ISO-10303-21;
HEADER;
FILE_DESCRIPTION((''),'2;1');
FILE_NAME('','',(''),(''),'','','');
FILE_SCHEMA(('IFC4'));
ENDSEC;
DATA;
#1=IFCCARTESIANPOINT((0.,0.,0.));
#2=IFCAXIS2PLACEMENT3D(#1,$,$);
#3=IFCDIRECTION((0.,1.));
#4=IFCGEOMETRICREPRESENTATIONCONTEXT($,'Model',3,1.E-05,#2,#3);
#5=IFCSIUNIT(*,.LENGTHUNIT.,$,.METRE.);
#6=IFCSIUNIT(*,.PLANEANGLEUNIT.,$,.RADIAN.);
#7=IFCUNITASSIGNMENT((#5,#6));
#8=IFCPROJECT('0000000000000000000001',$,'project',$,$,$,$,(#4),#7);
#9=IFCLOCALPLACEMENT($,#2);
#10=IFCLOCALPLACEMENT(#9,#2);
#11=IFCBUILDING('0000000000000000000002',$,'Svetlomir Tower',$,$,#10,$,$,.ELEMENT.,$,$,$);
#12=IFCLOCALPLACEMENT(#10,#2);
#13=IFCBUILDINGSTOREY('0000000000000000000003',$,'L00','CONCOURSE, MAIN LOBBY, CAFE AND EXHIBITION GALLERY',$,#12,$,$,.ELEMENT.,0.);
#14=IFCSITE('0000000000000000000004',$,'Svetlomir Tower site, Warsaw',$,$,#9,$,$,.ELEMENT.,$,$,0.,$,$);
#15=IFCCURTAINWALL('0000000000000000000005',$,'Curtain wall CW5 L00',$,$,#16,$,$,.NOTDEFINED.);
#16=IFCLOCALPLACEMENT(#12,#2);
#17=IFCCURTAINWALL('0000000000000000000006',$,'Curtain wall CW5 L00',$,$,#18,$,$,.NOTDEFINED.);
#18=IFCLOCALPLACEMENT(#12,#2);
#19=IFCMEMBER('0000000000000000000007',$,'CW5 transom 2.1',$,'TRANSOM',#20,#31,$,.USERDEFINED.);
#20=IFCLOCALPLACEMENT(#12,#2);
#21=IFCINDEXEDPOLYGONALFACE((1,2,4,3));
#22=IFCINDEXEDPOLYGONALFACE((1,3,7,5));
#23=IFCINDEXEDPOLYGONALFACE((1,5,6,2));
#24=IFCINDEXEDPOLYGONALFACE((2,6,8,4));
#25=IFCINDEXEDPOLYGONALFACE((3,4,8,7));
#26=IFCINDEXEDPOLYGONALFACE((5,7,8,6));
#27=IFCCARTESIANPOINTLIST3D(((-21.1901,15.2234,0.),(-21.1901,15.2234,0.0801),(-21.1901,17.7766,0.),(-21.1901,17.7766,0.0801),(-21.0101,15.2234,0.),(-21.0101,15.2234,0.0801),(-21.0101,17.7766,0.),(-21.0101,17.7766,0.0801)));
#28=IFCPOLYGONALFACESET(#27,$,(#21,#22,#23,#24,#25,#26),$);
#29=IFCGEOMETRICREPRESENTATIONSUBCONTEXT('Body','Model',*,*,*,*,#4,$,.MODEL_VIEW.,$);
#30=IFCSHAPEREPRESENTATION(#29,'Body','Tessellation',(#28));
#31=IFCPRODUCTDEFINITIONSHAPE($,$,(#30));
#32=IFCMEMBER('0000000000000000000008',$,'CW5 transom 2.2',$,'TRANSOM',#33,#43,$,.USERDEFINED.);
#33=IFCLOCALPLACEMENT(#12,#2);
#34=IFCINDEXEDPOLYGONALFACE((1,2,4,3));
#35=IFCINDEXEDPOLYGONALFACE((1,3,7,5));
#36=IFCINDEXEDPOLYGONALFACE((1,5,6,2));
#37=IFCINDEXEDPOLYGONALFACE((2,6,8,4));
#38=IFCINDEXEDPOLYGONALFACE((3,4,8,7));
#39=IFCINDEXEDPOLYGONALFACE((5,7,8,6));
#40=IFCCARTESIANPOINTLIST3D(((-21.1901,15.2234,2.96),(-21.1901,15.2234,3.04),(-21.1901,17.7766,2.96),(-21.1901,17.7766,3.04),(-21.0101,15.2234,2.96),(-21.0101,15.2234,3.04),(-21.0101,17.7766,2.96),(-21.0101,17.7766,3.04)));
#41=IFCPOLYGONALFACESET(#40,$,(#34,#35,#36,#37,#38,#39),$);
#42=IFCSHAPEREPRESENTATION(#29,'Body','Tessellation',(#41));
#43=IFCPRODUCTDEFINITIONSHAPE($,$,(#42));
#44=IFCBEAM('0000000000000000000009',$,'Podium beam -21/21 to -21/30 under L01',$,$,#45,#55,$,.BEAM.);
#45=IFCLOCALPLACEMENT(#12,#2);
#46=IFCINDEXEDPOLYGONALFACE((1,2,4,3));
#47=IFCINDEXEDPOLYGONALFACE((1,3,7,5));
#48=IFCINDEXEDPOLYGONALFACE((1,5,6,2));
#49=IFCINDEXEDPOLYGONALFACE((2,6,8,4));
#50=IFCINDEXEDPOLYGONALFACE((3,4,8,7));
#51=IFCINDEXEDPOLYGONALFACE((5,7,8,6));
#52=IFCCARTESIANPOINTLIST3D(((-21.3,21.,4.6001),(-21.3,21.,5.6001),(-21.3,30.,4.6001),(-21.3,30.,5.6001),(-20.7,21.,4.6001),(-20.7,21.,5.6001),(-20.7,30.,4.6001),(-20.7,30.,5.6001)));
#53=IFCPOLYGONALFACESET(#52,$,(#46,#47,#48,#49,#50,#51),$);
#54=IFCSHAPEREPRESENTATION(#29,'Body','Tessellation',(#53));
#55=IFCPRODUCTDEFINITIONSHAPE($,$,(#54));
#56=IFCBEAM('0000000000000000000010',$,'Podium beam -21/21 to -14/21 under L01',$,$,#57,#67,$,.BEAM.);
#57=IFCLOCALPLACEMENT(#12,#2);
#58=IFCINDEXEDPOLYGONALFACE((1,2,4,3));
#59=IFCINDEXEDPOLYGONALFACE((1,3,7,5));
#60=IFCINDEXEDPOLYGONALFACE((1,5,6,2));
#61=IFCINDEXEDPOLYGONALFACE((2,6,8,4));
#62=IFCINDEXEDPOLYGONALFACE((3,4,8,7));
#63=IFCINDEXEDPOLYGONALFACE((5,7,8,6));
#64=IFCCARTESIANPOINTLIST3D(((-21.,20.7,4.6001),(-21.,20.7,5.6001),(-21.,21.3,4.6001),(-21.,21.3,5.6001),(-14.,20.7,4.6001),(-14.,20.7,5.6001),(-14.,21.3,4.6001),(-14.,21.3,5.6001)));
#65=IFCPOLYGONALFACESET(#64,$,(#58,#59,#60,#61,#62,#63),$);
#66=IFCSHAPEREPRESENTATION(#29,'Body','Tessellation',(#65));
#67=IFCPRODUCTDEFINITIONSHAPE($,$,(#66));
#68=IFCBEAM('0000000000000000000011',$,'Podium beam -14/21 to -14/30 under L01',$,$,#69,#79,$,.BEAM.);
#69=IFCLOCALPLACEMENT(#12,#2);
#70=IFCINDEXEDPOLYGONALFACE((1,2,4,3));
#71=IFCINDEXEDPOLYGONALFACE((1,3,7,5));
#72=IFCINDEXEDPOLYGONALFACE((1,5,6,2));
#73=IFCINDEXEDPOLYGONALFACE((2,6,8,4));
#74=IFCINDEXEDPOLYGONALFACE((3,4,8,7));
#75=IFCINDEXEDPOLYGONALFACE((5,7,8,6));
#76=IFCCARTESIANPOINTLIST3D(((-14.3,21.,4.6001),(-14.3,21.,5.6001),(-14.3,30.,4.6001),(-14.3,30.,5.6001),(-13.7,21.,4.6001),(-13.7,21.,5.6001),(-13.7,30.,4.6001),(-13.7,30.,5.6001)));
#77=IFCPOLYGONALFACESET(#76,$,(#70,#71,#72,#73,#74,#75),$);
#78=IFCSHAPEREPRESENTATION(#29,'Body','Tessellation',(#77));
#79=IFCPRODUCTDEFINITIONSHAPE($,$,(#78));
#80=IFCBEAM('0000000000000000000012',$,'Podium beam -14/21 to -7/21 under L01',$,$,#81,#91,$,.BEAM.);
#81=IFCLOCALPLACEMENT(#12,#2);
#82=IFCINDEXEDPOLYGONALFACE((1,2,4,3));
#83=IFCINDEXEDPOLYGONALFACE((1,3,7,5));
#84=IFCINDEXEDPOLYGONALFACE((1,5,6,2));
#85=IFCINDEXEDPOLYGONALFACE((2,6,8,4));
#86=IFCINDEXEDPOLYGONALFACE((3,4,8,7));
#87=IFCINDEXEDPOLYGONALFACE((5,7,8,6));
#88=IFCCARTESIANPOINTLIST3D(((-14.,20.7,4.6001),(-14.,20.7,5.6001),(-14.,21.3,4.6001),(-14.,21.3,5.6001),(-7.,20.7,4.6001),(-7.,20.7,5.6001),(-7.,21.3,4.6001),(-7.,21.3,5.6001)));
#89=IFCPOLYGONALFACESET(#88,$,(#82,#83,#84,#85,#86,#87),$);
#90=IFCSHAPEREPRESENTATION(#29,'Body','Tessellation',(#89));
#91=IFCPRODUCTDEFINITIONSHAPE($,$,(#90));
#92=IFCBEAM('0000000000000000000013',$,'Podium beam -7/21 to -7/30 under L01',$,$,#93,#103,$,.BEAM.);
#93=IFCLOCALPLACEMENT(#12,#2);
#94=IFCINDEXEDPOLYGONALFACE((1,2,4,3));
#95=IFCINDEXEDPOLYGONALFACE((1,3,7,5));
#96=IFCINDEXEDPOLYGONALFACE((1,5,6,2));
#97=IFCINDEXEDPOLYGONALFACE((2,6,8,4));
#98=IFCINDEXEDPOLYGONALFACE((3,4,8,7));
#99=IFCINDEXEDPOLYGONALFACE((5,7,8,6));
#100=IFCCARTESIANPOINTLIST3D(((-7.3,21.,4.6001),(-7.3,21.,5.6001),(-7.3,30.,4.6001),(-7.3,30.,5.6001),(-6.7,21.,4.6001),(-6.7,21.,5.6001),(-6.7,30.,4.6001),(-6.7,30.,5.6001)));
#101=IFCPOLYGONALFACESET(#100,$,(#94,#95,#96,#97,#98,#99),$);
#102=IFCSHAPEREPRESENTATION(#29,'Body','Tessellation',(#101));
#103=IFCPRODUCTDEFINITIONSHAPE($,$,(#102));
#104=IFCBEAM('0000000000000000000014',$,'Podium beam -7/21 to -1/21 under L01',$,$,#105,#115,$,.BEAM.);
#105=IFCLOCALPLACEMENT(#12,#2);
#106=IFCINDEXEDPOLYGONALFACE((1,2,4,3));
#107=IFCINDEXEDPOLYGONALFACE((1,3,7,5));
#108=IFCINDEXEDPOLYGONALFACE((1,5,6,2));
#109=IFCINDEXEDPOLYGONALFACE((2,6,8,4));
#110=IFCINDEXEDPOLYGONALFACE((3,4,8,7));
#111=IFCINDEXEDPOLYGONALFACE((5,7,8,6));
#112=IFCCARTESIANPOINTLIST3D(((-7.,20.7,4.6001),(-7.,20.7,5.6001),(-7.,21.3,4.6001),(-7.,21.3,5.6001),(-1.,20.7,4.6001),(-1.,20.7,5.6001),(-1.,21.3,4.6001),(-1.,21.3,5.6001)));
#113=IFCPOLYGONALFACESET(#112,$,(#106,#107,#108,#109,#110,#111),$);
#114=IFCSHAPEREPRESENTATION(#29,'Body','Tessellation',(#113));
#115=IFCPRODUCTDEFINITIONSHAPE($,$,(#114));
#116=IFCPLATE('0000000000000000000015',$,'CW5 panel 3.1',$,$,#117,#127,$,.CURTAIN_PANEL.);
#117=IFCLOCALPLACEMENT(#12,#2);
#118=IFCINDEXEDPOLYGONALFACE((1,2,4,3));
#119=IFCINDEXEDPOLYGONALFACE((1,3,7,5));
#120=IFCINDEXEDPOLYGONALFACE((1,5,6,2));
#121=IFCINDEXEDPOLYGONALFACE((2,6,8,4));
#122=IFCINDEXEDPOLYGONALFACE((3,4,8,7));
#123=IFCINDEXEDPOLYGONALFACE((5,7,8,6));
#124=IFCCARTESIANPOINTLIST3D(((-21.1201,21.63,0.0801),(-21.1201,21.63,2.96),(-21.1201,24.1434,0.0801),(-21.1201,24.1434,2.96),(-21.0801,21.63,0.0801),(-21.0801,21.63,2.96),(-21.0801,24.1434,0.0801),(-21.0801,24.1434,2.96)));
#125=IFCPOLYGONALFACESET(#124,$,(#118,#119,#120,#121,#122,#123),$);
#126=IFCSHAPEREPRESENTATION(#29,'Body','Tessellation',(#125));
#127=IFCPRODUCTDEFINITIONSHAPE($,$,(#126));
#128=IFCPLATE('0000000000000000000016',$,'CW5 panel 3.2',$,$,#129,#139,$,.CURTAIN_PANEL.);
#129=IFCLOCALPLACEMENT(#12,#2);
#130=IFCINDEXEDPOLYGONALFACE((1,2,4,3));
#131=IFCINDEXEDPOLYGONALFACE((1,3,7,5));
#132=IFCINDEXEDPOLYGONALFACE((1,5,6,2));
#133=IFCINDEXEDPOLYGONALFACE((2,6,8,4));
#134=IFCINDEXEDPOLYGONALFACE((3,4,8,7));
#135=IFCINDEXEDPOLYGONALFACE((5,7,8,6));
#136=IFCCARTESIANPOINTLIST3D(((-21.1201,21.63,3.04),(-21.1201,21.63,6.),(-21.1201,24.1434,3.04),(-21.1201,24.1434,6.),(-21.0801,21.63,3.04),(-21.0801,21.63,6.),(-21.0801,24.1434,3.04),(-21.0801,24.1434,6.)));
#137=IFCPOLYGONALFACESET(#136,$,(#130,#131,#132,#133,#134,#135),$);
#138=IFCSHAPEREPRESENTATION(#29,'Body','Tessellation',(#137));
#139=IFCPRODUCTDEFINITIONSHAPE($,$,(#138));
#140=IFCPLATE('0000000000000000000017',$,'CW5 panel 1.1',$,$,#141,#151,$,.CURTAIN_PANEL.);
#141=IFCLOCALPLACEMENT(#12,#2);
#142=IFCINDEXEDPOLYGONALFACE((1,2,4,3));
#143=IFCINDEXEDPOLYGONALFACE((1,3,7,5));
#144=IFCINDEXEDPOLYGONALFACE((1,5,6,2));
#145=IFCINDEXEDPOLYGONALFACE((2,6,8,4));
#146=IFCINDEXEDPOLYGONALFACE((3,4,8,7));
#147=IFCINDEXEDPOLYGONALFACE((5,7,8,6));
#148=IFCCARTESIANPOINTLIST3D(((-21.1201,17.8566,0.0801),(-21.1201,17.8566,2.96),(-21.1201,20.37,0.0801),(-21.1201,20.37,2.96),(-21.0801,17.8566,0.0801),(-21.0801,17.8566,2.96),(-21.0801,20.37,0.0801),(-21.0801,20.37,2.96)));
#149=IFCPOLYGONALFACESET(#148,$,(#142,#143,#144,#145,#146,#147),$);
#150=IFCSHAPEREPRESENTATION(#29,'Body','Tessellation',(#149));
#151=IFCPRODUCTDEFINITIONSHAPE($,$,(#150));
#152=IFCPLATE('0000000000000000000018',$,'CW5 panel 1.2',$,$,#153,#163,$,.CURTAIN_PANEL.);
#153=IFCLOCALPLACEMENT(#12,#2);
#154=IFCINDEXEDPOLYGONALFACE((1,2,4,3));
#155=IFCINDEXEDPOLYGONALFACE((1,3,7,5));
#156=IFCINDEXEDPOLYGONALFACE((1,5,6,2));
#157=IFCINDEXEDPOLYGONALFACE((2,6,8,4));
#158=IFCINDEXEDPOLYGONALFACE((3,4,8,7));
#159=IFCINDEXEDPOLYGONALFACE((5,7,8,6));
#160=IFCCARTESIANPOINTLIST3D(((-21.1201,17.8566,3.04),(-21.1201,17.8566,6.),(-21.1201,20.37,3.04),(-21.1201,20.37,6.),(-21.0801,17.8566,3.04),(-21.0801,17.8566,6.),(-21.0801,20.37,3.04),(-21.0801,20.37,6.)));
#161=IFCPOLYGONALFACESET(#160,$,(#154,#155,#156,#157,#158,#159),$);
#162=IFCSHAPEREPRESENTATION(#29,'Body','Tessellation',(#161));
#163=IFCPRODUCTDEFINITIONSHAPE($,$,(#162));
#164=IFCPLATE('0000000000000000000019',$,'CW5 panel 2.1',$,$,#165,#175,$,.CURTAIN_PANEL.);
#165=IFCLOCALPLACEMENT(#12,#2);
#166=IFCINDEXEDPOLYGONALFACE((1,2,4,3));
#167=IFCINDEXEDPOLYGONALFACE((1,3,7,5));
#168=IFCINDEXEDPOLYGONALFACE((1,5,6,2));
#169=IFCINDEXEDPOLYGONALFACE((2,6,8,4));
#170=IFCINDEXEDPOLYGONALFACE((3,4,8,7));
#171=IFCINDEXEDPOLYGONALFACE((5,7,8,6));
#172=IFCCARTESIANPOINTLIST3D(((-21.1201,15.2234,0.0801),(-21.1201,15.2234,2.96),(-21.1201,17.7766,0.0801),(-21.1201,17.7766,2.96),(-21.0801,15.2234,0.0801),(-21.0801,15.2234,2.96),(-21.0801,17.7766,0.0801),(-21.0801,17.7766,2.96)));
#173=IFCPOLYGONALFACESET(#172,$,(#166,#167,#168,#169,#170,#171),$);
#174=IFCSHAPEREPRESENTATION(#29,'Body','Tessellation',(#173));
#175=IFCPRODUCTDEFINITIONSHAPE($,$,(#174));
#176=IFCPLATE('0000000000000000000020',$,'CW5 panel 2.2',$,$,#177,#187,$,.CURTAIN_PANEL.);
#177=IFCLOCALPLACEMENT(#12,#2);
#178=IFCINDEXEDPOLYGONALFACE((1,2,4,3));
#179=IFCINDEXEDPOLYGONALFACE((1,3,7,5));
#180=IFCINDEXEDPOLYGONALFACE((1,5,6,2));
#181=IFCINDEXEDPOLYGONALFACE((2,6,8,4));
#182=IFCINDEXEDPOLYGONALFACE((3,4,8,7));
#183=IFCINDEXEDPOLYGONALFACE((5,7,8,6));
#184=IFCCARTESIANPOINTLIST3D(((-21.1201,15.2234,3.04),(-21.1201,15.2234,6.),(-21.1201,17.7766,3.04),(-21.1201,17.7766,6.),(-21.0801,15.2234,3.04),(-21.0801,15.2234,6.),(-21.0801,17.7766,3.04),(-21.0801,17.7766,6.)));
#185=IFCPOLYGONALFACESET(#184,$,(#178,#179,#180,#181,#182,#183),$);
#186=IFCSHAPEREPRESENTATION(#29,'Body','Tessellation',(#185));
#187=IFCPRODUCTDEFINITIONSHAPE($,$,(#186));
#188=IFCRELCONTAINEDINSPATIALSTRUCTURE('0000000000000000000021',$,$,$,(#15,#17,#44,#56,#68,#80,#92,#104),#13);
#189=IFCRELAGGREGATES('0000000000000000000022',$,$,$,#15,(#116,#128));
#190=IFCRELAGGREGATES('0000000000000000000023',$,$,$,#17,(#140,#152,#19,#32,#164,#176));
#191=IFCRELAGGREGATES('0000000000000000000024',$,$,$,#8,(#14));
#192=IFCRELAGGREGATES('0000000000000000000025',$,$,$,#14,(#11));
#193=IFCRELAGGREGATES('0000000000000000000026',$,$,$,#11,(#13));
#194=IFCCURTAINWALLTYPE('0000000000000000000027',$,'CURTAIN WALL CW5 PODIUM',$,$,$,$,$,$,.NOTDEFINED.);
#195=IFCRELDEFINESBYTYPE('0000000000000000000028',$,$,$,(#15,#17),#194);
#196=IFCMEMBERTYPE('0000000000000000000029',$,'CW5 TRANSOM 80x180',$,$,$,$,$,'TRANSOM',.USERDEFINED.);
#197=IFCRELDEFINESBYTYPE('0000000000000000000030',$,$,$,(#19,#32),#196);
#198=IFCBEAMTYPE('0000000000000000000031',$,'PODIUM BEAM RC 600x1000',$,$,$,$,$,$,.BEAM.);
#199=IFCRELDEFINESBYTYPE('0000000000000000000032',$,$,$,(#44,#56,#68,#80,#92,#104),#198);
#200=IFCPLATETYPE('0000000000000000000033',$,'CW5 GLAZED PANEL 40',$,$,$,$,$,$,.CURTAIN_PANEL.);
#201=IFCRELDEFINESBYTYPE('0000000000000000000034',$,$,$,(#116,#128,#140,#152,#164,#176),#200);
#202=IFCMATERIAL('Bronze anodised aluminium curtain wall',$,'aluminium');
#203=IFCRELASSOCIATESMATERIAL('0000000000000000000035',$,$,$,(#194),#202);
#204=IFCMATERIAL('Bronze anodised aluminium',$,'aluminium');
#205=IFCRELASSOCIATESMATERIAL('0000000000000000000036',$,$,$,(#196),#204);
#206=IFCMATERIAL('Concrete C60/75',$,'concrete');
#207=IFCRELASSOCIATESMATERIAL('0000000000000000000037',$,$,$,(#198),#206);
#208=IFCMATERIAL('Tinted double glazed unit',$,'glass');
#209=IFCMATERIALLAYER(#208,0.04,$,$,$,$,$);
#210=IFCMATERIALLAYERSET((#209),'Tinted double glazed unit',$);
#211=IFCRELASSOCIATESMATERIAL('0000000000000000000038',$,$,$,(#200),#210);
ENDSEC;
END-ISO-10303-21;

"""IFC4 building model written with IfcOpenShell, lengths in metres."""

from ifc_helpers import new_model, si_unit, direction, frame, origin, origin_2d, place, context, subcontext, project, spatial, rectangle, extrude, material, layer, layer_set, material_profile, profile_set, type_object, element, aggregate, save


model = new_model("IFC4")

# Units and contexts
model_context = context("Model", 3, precision=1e-05, world=origin(), true_north=direction((0.0, 1.0)))
body_context = subcontext(model_context, "Body", "Model", "MODEL_VIEW")
ifc_project = project(units=[si_unit("LENGTHUNIT", "METRE"), si_unit("PLANEANGLEUNIT", "RADIAN")], contexts=[model_context])

# Site, building, storey
site_placement = place(None, origin())
site = spatial("IfcSite", under=ifc_project, at=site_placement, Name="Svetlomir Tower site, Warsaw", CompositionType="ELEMENT", RefElevation=0.0)
building_placement = place(site_placement, origin())
building = spatial("IfcBuilding", under=site, at=building_placement, Name="Svetlomir Tower", CompositionType="ELEMENT")
storey_placement = place(building_placement, origin())
storey = spatial("IfcBuildingStorey", under=building, at=storey_placement, Name="L00", Description="CONCOURSE, MAIN LOBBY, CAFE AND EXHIBITION GALLERY", CompositionType="ELEMENT", Elevation=0.0)

# Curtain walls
ifc_material_1 = material(Name="Bronze anodised aluminium curtain wall", Category="aluminium")
curtain_wall_type = type_object("IfcCurtainWallType", Name="CURTAIN WALL CW5 PODIUM", PredefinedType="NOTDEFINED", material=ifc_material_1)
curtain_wall_1_placement = place(storey_placement, origin())
curtain_wall_1 = element("IfcCurtainWall", 1, at=curtain_wall_1_placement, inside=storey, type_object=curtain_wall_type, Name="Curtain wall CW5 L00", PredefinedType="NOTDEFINED")
curtain_wall_2_placement = place(storey_placement, origin())
curtain_wall_2 = element("IfcCurtainWall", 2, at=curtain_wall_2_placement, inside=storey, type_object=curtain_wall_type, Name="Curtain wall CW5 L00", PredefinedType="NOTDEFINED")

# Members
ifc_material_2 = material(Name="Bronze anodised aluminium", Category="aluminium")
ifc_material_profile_1 = material_profile(ifc_material_2, rectangle(XDim=0.1799, YDim=0.0801, at=origin_2d()), Name="AL 180x80")
ifc_profile_set_1 = profile_set([ifc_material_profile_1], Name="Bronze anodised aluminium 6063-T6")
member_type_1 = type_object("IfcMemberType", Name="CW5 TRANSOM 80x180", ElementType="TRANSOM", PredefinedType="USERDEFINED", material=ifc_profile_set_1)
member_1_placement = place(storey_placement, frame((-21.1001, 17.7766, 0.04), z_axis=(0.0, -1.0, 0.0), x_axis=(1.0, 0.0, 0.0)))
member_1 = element("IfcMember", 3, at=member_1_placement, type_object=member_type_1, Name="CW5 transom 2.1", ObjectType="TRANSOM", PredefinedType="USERDEFINED", context=body_context, shape_type="SweptSolid", body=[
    extrude(rectangle(XDim=0.1799, YDim=0.0801, at=origin_2d()), origin(), (0.0, 0.0, 1.0), 2.5532),
])
member_2_placement = place(storey_placement, frame((-21.1001, 17.7766, 3.0), z_axis=(0.0, -1.0, 0.0), x_axis=(1.0, 0.0, 0.0)))
member_2 = element("IfcMember", 4, at=member_2_placement, type_object=member_type_1, Name="CW5 transom 2.2", ObjectType="TRANSOM", PredefinedType="USERDEFINED", context=body_context, shape_type="SweptSolid", body=[
    extrude(rectangle(XDim=0.1799, YDim=0.0801, at=origin_2d()), origin(), (0.0, 0.0, 1.0), 2.5532),
])

# Beams
ifc_material_3 = material(Name="Concrete C60/75", Category="concrete")
ifc_material_profile_2 = material_profile(ifc_material_3, rectangle(XDim=0.6001, YDim=1.0, at=origin_2d()), Name="RC 600x1000")
ifc_profile_set_2 = profile_set([ifc_material_profile_2], Name="Concrete C60/75")
beam_type = type_object("IfcBeamType", Name="PODIUM BEAM RC 600x1000", PredefinedType="BEAM", material=ifc_profile_set_2)
beam_1_placement = place(storey_placement, frame((-21.0, 21.0, 5.1001), z_axis=(0.0, 1.0, 0.0), x_axis=(-1.0, 0.0, 0.0)))
element("IfcBeam", 5, at=beam_1_placement, inside=storey, type_object=beam_type, Name="Podium beam -21/21 to -21/30 under L01", PredefinedType="BEAM", context=body_context, shape_type="SweptSolid", body=[
    extrude(rectangle(XDim=0.6001, YDim=1.0, at=origin_2d()), origin(), (0.0, 0.0, 1.0), 9.0),
])
beam_2_placement = place(storey_placement, frame((-21.0, 21.0, 5.1001), z_axis=(1.0, 0.0, 0.0), x_axis=(0.0, 1.0, 0.0)))
element("IfcBeam", 6, at=beam_2_placement, inside=storey, type_object=beam_type, Name="Podium beam -21/21 to -14/21 under L01", PredefinedType="BEAM", context=body_context, shape_type="SweptSolid", body=[
    extrude(rectangle(XDim=0.6001, YDim=1.0, at=origin_2d()), origin(), (0.0, 0.0, 1.0), 7.0),
])
beam_3_placement = place(storey_placement, frame((-14.0, 21.0, 5.1001), z_axis=(0.0, 1.0, 0.0), x_axis=(-1.0, 0.0, 0.0)))
element("IfcBeam", 7, at=beam_3_placement, inside=storey, type_object=beam_type, Name="Podium beam -14/21 to -14/30 under L01", PredefinedType="BEAM", context=body_context, shape_type="SweptSolid", body=[
    extrude(rectangle(XDim=0.6001, YDim=1.0, at=origin_2d()), origin(), (0.0, 0.0, 1.0), 9.0),
])
beam_4_placement = place(storey_placement, frame((-14.0, 21.0, 5.1001), z_axis=(1.0, 0.0, 0.0), x_axis=(0.0, 1.0, 0.0)))
element("IfcBeam", 8, at=beam_4_placement, inside=storey, type_object=beam_type, Name="Podium beam -14/21 to -7/21 under L01", PredefinedType="BEAM", context=body_context, shape_type="SweptSolid", body=[
    extrude(rectangle(XDim=0.6001, YDim=1.0, at=origin_2d()), origin(), (0.0, 0.0, 1.0), 7.0),
])
beam_5_placement = place(storey_placement, frame((-7.0, 21.0, 5.1001), z_axis=(0.0, 1.0, 0.0), x_axis=(-1.0, 0.0, 0.0)))
element("IfcBeam", 9, at=beam_5_placement, inside=storey, type_object=beam_type, Name="Podium beam -7/21 to -7/30 under L01", PredefinedType="BEAM", context=body_context, shape_type="SweptSolid", body=[
    extrude(rectangle(XDim=0.6001, YDim=1.0, at=origin_2d()), origin(), (0.0, 0.0, 1.0), 9.0),
])
beam_6_placement = place(storey_placement, frame((-7.0, 21.0, 5.1001), z_axis=(1.0, 0.0, 0.0), x_axis=(0.0, 1.0, 0.0)))
element("IfcBeam", 10, at=beam_6_placement, inside=storey, type_object=beam_type, Name="Podium beam -7/21 to -1/21 under L01", PredefinedType="BEAM", context=body_context, shape_type="SweptSolid", body=[
    extrude(rectangle(XDim=0.6001, YDim=1.0, at=origin_2d()), origin(), (0.0, 0.0, 1.0), 6.0),
])

# Plates
ifc_material_4 = material(Name="Tinted double glazed unit", Category="glass")
ifc_layer = layer(ifc_material_4, 0.04)
ifc_layer_set = layer_set([ifc_layer], Name="Tinted double glazed unit")
plate_type = type_object("IfcPlateType", Name="CW5 GLAZED PANEL 40", PredefinedType="CURTAIN_PANEL", material=ifc_layer_set)
plate_1_placement = place(storey_placement, frame((-21.1001, 22.8867, 0.0801), z_axis=(0.0, 0.0, 1.0), x_axis=(0.0, -1.0, 0.0)))
plate_1 = element("IfcPlate", 11, at=plate_1_placement, type_object=plate_type, Name="CW5 panel 3.1", PredefinedType="CURTAIN_PANEL", context=body_context, shape_type="SweptSolid", body=[
    extrude(rectangle(XDim=2.5134, YDim=0.04, at=origin_2d()), origin(), (0.0, 0.0, 1.0), 2.8799),
])
plate_2_placement = place(storey_placement, frame((-21.1001, 22.8867, 3.04), z_axis=(0.0, 0.0, 1.0), x_axis=(0.0, -1.0, 0.0)))
plate_2 = element("IfcPlate", 12, at=plate_2_placement, type_object=plate_type, Name="CW5 panel 3.2", PredefinedType="CURTAIN_PANEL", context=body_context, shape_type="SweptSolid", body=[
    extrude(rectangle(XDim=2.5134, YDim=0.04, at=origin_2d()), origin(), (0.0, 0.0, 1.0), 2.96),
])
aggregate(curtain_wall_1, [plate_1, plate_2])
plate_3_placement = place(storey_placement, frame((-21.1001, 19.1133, 0.0801), z_axis=(0.0, 0.0, 1.0), x_axis=(0.0, -1.0, 0.0)))
plate_3 = element("IfcPlate", 13, at=plate_3_placement, type_object=plate_type, Name="CW5 panel 1.1", PredefinedType="CURTAIN_PANEL", context=body_context, shape_type="SweptSolid", body=[
    extrude(rectangle(XDim=2.5134, YDim=0.04, at=origin_2d()), origin(), (0.0, 0.0, 1.0), 2.8799),
])
plate_4_placement = place(storey_placement, frame((-21.1001, 19.1133, 3.04), z_axis=(0.0, 0.0, 1.0), x_axis=(0.0, -1.0, 0.0)))
plate_4 = element("IfcPlate", 14, at=plate_4_placement, type_object=plate_type, Name="CW5 panel 1.2", PredefinedType="CURTAIN_PANEL", context=body_context, shape_type="SweptSolid", body=[
    extrude(rectangle(XDim=2.5134, YDim=0.04, at=origin_2d()), origin(), (0.0, 0.0, 1.0), 2.96),
])
plate_5_placement = place(storey_placement, frame((-21.1001, 16.5, 0.0801), z_axis=(0.0, 0.0, 1.0), x_axis=(0.0, -1.0, 0.0)))
plate_5 = element("IfcPlate", 15, at=plate_5_placement, type_object=plate_type, Name="CW5 panel 2.1", PredefinedType="CURTAIN_PANEL", context=body_context, shape_type="SweptSolid", body=[
    extrude(rectangle(XDim=2.5532, YDim=0.04, at=origin_2d()), origin(), (0.0, 0.0, 1.0), 2.8799),
])
plate_6_placement = place(storey_placement, frame((-21.1001, 16.5, 3.04), z_axis=(0.0, 0.0, 1.0), x_axis=(0.0, -1.0, 0.0)))
plate_6 = element("IfcPlate", 16, at=plate_6_placement, type_object=plate_type, Name="CW5 panel 2.2", PredefinedType="CURTAIN_PANEL", context=body_context, shape_type="SweptSolid", body=[
    extrude(rectangle(XDim=2.5532, YDim=0.04, at=origin_2d()), origin(), (0.0, 0.0, 1.0), 2.96),
])
aggregate(curtain_wall_2, [plate_3, plate_4, member_1, member_2, plate_5, plate_6])

save(model, "model.ifc")
